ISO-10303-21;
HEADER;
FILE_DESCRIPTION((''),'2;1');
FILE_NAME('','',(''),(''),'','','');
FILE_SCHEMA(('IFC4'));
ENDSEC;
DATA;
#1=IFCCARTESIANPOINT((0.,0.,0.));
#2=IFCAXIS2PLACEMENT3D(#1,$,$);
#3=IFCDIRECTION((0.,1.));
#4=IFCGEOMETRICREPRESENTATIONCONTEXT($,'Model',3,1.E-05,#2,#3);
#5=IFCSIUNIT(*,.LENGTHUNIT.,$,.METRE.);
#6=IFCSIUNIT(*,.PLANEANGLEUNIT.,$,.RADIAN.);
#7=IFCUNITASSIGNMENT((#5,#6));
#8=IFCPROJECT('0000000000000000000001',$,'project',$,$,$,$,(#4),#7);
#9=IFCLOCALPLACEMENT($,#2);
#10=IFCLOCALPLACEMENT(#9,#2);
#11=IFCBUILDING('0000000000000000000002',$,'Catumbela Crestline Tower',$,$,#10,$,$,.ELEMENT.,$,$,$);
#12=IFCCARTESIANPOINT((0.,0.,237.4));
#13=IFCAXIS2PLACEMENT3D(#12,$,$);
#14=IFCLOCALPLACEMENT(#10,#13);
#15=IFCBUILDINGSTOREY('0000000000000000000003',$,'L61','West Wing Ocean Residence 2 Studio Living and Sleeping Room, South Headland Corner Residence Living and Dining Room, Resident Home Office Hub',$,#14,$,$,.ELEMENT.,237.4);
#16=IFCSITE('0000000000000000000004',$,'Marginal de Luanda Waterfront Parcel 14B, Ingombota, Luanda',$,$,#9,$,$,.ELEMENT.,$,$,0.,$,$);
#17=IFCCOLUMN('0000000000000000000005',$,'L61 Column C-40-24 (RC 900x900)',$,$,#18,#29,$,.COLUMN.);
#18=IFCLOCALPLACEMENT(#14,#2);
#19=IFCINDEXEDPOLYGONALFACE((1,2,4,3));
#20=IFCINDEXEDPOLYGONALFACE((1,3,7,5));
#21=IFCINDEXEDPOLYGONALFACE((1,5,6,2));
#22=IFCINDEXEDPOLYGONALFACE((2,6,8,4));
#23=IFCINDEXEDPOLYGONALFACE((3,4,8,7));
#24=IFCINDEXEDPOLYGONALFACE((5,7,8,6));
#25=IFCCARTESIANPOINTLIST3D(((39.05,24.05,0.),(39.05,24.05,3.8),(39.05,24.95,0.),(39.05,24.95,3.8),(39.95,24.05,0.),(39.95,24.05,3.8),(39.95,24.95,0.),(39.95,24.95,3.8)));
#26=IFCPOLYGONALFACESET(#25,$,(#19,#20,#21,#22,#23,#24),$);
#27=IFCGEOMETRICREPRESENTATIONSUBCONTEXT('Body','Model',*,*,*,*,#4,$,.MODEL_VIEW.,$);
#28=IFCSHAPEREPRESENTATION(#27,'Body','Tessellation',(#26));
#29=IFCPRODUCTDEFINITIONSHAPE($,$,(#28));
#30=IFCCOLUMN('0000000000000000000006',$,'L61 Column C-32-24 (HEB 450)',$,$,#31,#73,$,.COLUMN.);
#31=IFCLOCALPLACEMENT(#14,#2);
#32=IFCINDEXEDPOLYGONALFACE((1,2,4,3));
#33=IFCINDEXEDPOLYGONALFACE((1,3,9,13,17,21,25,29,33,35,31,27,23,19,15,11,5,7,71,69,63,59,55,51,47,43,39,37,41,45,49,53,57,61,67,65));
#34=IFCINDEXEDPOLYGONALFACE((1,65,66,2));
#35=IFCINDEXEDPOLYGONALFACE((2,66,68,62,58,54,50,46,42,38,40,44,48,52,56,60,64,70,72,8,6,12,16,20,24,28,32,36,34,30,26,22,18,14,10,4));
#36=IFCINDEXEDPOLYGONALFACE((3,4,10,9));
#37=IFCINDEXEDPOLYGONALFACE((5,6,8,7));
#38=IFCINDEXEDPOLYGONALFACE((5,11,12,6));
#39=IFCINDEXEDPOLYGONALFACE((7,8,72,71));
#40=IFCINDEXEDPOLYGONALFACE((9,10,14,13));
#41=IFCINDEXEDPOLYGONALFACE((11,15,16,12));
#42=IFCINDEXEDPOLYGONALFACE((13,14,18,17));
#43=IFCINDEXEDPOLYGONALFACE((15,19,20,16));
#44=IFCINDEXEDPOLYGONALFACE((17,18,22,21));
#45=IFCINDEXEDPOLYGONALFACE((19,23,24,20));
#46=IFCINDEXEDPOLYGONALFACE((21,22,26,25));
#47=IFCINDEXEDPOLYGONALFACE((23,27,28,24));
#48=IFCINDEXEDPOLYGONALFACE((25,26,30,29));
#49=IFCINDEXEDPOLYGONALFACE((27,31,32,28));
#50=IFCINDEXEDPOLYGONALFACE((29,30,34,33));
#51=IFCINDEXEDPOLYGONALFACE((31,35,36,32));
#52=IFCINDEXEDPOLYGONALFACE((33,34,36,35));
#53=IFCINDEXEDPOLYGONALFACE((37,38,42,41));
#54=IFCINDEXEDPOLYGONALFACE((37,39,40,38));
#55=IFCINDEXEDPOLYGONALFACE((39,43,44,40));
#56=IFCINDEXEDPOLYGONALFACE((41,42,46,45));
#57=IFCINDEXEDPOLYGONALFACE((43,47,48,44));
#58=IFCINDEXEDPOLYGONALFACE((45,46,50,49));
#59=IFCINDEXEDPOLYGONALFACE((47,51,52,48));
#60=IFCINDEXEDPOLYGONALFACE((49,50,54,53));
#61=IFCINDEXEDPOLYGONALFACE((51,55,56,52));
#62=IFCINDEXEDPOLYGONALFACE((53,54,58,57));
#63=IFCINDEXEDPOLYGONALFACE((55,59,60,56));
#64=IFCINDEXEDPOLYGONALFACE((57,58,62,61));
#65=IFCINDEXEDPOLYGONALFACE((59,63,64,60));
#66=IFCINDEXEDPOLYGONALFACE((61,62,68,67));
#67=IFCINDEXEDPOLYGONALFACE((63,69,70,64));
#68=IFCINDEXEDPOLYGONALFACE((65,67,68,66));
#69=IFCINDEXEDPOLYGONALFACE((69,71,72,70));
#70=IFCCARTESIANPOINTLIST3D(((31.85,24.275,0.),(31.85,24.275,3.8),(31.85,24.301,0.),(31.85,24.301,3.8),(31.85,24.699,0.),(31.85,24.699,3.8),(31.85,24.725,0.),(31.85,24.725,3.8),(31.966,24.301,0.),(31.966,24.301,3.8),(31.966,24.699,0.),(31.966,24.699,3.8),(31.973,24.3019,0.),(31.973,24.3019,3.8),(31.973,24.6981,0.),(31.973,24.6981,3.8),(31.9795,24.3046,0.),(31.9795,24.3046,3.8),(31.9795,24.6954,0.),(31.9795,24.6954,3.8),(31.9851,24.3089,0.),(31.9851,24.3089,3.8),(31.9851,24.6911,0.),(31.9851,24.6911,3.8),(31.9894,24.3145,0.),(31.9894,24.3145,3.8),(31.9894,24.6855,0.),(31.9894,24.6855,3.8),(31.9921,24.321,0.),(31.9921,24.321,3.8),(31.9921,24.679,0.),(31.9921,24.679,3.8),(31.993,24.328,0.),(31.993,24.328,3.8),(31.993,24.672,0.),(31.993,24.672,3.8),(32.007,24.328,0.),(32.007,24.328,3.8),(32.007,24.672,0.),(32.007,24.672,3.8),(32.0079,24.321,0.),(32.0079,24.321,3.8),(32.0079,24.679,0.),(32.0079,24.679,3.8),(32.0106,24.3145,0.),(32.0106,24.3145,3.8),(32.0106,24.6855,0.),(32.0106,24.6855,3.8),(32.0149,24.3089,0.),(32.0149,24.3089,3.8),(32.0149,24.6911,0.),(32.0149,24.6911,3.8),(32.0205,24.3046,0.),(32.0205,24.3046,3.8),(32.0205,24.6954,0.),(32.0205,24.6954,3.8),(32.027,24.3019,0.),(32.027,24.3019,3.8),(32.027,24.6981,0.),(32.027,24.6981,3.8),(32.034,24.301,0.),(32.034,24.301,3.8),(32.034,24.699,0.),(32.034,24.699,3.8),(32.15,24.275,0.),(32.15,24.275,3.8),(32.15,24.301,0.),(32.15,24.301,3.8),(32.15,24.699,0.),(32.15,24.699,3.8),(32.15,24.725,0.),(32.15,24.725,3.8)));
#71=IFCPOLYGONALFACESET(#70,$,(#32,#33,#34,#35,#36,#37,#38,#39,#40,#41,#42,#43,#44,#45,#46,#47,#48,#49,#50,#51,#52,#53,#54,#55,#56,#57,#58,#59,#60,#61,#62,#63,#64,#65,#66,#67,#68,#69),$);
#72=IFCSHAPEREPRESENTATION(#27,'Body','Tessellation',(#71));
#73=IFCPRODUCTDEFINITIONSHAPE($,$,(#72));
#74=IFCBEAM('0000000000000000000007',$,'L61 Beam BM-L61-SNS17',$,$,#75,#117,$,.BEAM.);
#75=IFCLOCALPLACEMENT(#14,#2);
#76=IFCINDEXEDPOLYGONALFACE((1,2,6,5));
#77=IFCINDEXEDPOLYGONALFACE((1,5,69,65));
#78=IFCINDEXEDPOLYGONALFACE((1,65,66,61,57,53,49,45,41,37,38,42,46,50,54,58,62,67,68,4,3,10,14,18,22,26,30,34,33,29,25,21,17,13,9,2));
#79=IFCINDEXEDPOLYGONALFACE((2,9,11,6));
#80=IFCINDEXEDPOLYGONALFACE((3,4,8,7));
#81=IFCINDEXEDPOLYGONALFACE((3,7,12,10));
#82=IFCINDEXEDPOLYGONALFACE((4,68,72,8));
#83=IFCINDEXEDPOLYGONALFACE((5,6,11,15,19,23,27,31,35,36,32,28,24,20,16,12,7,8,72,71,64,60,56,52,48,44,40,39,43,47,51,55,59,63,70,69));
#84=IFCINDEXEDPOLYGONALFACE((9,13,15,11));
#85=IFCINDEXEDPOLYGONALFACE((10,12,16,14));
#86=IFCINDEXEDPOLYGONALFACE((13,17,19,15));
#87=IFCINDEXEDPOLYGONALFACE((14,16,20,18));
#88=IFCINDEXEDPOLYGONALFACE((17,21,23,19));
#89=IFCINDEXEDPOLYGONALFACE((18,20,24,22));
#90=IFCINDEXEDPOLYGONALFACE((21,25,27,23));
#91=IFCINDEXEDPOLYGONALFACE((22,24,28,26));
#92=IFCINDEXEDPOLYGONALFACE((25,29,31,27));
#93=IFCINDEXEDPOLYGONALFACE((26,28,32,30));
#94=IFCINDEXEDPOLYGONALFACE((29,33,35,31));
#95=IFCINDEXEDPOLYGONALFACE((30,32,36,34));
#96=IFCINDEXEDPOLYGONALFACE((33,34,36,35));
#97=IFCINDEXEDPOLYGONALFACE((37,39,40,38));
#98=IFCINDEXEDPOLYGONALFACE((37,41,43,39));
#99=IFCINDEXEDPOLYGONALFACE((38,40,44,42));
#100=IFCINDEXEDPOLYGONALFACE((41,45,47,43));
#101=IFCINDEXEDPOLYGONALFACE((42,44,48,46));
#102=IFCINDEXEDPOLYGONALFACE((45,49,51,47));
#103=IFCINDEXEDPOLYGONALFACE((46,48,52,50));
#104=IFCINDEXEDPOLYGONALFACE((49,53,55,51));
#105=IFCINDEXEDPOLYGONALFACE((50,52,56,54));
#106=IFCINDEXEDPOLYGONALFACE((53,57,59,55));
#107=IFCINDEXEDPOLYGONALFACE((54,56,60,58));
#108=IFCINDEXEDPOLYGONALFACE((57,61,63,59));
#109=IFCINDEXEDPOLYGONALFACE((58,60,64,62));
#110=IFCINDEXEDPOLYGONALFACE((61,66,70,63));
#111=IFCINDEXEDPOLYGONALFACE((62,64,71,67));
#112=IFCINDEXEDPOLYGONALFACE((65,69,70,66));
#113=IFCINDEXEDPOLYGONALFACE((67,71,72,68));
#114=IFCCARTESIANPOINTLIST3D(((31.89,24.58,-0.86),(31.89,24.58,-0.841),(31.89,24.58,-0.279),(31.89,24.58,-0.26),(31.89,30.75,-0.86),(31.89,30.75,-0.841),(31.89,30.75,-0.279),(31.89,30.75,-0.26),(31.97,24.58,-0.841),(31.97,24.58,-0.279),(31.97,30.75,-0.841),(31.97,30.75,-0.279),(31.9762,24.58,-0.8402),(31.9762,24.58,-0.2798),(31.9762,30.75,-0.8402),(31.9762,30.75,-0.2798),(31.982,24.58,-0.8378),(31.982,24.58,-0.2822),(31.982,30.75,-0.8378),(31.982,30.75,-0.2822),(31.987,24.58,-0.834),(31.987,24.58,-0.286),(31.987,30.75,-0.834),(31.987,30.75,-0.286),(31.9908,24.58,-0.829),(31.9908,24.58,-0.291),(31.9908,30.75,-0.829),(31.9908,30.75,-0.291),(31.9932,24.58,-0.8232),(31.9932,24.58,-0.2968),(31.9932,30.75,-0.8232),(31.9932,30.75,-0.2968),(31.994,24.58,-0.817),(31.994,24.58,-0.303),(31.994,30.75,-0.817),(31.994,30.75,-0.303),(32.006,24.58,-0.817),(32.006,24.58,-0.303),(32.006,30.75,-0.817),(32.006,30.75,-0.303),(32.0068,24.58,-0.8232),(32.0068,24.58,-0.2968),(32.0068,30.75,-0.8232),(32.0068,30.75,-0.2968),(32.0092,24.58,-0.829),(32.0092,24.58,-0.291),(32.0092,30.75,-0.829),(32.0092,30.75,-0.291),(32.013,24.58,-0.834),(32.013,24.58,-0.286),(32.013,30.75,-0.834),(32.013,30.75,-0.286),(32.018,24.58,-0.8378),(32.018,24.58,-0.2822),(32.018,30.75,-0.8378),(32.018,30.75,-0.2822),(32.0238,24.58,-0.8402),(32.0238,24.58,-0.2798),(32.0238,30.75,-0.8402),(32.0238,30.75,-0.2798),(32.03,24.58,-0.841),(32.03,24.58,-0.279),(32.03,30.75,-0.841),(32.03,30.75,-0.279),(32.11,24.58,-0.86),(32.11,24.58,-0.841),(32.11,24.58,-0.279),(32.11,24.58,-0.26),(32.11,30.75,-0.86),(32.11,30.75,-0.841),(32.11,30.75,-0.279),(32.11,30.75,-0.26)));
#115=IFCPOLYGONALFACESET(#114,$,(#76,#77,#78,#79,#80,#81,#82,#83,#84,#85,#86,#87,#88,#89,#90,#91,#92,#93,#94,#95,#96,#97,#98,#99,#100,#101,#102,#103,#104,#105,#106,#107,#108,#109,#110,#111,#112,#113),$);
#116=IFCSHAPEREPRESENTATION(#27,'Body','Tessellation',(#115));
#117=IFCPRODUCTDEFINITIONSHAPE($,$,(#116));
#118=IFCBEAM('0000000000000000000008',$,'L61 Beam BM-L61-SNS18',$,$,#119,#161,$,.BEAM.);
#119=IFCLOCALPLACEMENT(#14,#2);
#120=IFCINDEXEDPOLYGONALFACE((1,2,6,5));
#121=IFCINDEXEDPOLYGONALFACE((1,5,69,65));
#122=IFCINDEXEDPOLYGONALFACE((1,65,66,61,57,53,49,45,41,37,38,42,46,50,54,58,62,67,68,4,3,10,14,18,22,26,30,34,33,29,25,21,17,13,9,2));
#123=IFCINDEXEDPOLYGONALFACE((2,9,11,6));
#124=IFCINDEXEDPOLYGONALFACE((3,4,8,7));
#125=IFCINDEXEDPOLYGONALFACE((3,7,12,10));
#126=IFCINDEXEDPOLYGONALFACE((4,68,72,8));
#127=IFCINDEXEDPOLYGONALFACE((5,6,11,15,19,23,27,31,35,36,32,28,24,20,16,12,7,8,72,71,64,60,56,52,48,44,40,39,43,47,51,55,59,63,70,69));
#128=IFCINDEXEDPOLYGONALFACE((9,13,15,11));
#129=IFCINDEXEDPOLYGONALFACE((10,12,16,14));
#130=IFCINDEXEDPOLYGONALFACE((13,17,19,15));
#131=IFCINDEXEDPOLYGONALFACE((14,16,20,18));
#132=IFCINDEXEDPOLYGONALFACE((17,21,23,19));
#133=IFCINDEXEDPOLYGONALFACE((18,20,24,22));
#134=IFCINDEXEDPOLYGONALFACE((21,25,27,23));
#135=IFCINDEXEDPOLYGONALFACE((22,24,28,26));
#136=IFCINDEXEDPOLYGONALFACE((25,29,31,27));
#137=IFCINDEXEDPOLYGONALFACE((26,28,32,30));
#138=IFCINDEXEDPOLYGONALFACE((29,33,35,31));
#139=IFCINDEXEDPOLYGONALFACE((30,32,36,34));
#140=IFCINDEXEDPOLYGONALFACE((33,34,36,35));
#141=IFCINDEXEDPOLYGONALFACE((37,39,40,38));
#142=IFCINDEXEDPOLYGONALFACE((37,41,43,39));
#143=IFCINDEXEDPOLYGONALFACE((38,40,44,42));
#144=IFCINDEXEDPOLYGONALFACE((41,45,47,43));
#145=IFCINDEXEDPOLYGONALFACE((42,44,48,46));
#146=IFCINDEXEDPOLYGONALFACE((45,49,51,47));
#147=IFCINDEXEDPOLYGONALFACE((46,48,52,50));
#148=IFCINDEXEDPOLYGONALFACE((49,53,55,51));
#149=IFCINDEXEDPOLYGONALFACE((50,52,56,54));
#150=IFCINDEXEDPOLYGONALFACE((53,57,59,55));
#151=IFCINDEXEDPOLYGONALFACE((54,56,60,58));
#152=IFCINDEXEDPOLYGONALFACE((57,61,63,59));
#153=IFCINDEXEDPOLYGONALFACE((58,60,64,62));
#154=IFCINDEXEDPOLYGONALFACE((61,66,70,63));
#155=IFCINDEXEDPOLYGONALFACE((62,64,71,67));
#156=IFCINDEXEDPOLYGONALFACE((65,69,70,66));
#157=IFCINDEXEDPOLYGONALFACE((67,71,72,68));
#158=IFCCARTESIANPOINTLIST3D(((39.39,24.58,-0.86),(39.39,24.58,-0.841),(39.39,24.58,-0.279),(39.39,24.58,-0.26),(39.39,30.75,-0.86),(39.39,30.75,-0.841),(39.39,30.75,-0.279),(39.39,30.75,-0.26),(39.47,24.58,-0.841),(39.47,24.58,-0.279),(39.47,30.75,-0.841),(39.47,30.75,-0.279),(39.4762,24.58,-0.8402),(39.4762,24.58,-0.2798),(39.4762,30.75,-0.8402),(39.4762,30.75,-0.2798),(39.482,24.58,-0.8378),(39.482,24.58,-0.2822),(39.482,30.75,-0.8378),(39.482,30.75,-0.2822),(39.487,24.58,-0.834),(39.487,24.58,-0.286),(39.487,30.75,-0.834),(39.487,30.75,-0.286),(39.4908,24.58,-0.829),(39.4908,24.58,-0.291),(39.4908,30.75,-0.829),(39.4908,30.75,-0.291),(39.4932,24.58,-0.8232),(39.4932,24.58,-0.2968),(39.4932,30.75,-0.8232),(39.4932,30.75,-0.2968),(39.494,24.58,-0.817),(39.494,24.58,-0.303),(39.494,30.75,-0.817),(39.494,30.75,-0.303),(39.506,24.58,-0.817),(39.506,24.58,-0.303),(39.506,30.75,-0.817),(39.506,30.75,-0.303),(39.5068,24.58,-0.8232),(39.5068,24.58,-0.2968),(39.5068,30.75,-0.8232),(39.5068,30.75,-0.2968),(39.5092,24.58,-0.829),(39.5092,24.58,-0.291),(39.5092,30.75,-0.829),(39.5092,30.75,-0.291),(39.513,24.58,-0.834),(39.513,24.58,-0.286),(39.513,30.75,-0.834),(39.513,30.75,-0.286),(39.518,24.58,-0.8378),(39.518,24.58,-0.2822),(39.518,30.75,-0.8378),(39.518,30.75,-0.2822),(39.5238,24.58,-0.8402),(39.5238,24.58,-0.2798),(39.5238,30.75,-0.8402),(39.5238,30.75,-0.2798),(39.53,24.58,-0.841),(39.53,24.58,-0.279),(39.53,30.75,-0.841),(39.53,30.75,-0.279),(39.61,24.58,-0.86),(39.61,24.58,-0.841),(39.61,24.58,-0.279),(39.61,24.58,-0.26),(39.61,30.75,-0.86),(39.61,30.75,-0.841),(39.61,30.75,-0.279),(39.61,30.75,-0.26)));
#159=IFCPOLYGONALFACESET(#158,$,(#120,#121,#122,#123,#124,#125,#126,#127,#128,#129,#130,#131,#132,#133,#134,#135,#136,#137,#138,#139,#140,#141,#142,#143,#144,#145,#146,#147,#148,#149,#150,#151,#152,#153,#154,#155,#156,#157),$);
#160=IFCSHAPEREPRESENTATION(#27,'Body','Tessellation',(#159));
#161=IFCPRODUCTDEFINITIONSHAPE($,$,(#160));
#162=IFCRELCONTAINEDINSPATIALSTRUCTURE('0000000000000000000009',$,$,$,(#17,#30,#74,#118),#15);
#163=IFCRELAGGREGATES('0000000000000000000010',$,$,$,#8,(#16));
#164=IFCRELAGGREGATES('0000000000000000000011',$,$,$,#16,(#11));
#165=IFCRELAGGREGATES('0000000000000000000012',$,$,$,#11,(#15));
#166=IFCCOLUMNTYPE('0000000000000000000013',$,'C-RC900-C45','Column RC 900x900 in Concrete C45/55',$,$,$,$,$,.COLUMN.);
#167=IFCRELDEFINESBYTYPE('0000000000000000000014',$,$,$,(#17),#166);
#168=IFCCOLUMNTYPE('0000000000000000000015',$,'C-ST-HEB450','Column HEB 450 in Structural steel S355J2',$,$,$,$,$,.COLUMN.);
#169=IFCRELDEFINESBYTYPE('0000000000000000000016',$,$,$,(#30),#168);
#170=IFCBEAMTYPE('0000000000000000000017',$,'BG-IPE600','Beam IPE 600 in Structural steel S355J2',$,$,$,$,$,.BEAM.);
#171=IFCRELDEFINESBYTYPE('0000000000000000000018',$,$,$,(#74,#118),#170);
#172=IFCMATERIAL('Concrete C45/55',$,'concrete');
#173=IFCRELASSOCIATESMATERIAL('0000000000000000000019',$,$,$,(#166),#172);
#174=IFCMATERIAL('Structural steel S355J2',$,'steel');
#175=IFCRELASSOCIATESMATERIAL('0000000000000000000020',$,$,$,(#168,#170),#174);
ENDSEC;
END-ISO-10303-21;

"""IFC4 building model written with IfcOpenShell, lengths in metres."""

from ifc_helpers import new_model, si_unit, direction, frame, origin, origin_2d, place, context, subcontext, project, spatial, rectangle, i_section, extrude, material, material_profile, profile_set, type_object, element, save


model = new_model("IFC4")

# Units and contexts
model_context = context("Model", 3, precision=1e-05, world=origin(), true_north=direction((0.0, 1.0)))
body_context = subcontext(model_context, "Body", "Model", "MODEL_VIEW")
ifc_project = project(units=[si_unit("LENGTHUNIT", "METRE"), si_unit("PLANEANGLEUNIT", "RADIAN")], contexts=[model_context])

# Site, building, storey
site_placement = place(None, origin())
site = spatial("IfcSite", under=ifc_project, at=site_placement, Name="Marginal de Luanda Waterfront Parcel 14B, Ingombota, Luanda", CompositionType="ELEMENT", RefElevation=0.0)
building_placement = place(site_placement, origin())
building = spatial("IfcBuilding", under=site, at=building_placement, Name="Catumbela Crestline Tower", CompositionType="ELEMENT")
storey_placement = place(building_placement, frame((0.0, 0.0, 237.4)))
storey = spatial("IfcBuildingStorey", under=building, at=storey_placement, Name="L61", Description="West Wing Ocean Residence 2 Studio Living and Sleeping Room, South Headland Corner Residence Living and Dining Room, Resident Home Office Hub", CompositionType="ELEMENT", Elevation=237.4)

# Columns
ifc_material_1 = material(Name="Concrete C45/55", Category="concrete")
ifc_material_profile_1 = material_profile(ifc_material_1, rectangle(XDim=0.9, YDim=0.9, at=origin_2d()), Name="RC 900x900")
ifc_profile_set_1 = profile_set([ifc_material_profile_1], Name="Concrete C45/55")
column_type_1 = type_object("IfcColumnType", Name="C-RC900-C45", Description="Column RC 900x900 in Concrete C45/55", PredefinedType="COLUMN", material=ifc_profile_set_1)
column_1_placement = place(storey_placement, frame((39.5, 24.5, 0.0), z_axis=(0.0, 0.0, 1.0), x_axis=(1.0, 0.0, 0.0)))
element("IfcColumn", 1, at=column_1_placement, inside=storey, type_object=column_type_1, Name="L61 Column C-40-24 (RC 900x900)", PredefinedType="COLUMN", context=body_context, shape_type="SweptSolid", body=[
    extrude(rectangle(XDim=0.9, YDim=0.9, at=origin_2d()), origin(), (0.0, 0.0, 1.0), 3.8),
])
ifc_material_2 = material(Name="Structural steel S355J2", Category="steel")
ifc_material_profile_2 = material_profile(ifc_material_2, i_section(OverallWidth=0.3, OverallDepth=0.45, WebThickness=0.014, FlangeThickness=0.026, FilletRadius=0.027, at=origin_2d()), Name="HEB 450")
ifc_profile_set_2 = profile_set([ifc_material_profile_2], Name="Structural steel S355J2")
column_type_2 = type_object("IfcColumnType", Name="C-ST-HEB450", Description="Column HEB 450 in Structural steel S355J2", PredefinedType="COLUMN", material=ifc_profile_set_2)
column_2_placement = place(storey_placement, frame((32.0, 24.5, 0.0), z_axis=(0.0, 0.0, 1.0), x_axis=(1.0, 0.0, 0.0)))
element("IfcColumn", 2, at=column_2_placement, inside=storey, type_object=column_type_2, Name="L61 Column C-32-24 (HEB 450)", PredefinedType="COLUMN", context=body_context, shape_type="SweptSolid", body=[
    extrude(i_section(OverallWidth=0.3, OverallDepth=0.45, WebThickness=0.014, FlangeThickness=0.026, FilletRadius=0.027, at=origin_2d()), origin(), (0.0, 0.0, 1.0), 3.8),
])

# Beams
ifc_material_profile_3 = material_profile(ifc_material_2, i_section(OverallWidth=0.22, OverallDepth=0.6, WebThickness=0.012, FlangeThickness=0.019, FilletRadius=0.024, at=origin_2d()), Name="IPE 600")
ifc_profile_set_3 = profile_set([ifc_material_profile_3], Name="Structural steel S355J2")
beam_type_1 = type_object("IfcBeamType", Name="BG-IPE600", Description="Beam IPE 600 in Structural steel S355J2", PredefinedType="BEAM", material=ifc_profile_set_3)
for number, where, z_axis, x_axis, name in (
    (3, (32.0, 24.58, -0.56), (0.0, 1.0, 0.0), (-1.0, 0.0, 0.0), "L61 Beam BM-L61-SNS17"),
    (4, (39.5, 24.58, -0.56), (0.0, 1.0, 0.0), (-1.0, 0.0, 0.0), "L61 Beam BM-L61-SNS18"),
):
    element("IfcBeam", number, at=place(storey_placement, frame(where, z_axis=z_axis, x_axis=x_axis)), inside=storey, type_object=beam_type_1, Name=name, PredefinedType="BEAM", context=body_context, shape_type="SweptSolid", body=[
        extrude(i_section(OverallWidth=0.22, OverallDepth=0.6, WebThickness=0.012, FlangeThickness=0.019, FilletRadius=0.024, at=origin_2d()), origin(), (0.0, 0.0, 1.0), 6.17),
    ])

save(model, "model.ifc")
